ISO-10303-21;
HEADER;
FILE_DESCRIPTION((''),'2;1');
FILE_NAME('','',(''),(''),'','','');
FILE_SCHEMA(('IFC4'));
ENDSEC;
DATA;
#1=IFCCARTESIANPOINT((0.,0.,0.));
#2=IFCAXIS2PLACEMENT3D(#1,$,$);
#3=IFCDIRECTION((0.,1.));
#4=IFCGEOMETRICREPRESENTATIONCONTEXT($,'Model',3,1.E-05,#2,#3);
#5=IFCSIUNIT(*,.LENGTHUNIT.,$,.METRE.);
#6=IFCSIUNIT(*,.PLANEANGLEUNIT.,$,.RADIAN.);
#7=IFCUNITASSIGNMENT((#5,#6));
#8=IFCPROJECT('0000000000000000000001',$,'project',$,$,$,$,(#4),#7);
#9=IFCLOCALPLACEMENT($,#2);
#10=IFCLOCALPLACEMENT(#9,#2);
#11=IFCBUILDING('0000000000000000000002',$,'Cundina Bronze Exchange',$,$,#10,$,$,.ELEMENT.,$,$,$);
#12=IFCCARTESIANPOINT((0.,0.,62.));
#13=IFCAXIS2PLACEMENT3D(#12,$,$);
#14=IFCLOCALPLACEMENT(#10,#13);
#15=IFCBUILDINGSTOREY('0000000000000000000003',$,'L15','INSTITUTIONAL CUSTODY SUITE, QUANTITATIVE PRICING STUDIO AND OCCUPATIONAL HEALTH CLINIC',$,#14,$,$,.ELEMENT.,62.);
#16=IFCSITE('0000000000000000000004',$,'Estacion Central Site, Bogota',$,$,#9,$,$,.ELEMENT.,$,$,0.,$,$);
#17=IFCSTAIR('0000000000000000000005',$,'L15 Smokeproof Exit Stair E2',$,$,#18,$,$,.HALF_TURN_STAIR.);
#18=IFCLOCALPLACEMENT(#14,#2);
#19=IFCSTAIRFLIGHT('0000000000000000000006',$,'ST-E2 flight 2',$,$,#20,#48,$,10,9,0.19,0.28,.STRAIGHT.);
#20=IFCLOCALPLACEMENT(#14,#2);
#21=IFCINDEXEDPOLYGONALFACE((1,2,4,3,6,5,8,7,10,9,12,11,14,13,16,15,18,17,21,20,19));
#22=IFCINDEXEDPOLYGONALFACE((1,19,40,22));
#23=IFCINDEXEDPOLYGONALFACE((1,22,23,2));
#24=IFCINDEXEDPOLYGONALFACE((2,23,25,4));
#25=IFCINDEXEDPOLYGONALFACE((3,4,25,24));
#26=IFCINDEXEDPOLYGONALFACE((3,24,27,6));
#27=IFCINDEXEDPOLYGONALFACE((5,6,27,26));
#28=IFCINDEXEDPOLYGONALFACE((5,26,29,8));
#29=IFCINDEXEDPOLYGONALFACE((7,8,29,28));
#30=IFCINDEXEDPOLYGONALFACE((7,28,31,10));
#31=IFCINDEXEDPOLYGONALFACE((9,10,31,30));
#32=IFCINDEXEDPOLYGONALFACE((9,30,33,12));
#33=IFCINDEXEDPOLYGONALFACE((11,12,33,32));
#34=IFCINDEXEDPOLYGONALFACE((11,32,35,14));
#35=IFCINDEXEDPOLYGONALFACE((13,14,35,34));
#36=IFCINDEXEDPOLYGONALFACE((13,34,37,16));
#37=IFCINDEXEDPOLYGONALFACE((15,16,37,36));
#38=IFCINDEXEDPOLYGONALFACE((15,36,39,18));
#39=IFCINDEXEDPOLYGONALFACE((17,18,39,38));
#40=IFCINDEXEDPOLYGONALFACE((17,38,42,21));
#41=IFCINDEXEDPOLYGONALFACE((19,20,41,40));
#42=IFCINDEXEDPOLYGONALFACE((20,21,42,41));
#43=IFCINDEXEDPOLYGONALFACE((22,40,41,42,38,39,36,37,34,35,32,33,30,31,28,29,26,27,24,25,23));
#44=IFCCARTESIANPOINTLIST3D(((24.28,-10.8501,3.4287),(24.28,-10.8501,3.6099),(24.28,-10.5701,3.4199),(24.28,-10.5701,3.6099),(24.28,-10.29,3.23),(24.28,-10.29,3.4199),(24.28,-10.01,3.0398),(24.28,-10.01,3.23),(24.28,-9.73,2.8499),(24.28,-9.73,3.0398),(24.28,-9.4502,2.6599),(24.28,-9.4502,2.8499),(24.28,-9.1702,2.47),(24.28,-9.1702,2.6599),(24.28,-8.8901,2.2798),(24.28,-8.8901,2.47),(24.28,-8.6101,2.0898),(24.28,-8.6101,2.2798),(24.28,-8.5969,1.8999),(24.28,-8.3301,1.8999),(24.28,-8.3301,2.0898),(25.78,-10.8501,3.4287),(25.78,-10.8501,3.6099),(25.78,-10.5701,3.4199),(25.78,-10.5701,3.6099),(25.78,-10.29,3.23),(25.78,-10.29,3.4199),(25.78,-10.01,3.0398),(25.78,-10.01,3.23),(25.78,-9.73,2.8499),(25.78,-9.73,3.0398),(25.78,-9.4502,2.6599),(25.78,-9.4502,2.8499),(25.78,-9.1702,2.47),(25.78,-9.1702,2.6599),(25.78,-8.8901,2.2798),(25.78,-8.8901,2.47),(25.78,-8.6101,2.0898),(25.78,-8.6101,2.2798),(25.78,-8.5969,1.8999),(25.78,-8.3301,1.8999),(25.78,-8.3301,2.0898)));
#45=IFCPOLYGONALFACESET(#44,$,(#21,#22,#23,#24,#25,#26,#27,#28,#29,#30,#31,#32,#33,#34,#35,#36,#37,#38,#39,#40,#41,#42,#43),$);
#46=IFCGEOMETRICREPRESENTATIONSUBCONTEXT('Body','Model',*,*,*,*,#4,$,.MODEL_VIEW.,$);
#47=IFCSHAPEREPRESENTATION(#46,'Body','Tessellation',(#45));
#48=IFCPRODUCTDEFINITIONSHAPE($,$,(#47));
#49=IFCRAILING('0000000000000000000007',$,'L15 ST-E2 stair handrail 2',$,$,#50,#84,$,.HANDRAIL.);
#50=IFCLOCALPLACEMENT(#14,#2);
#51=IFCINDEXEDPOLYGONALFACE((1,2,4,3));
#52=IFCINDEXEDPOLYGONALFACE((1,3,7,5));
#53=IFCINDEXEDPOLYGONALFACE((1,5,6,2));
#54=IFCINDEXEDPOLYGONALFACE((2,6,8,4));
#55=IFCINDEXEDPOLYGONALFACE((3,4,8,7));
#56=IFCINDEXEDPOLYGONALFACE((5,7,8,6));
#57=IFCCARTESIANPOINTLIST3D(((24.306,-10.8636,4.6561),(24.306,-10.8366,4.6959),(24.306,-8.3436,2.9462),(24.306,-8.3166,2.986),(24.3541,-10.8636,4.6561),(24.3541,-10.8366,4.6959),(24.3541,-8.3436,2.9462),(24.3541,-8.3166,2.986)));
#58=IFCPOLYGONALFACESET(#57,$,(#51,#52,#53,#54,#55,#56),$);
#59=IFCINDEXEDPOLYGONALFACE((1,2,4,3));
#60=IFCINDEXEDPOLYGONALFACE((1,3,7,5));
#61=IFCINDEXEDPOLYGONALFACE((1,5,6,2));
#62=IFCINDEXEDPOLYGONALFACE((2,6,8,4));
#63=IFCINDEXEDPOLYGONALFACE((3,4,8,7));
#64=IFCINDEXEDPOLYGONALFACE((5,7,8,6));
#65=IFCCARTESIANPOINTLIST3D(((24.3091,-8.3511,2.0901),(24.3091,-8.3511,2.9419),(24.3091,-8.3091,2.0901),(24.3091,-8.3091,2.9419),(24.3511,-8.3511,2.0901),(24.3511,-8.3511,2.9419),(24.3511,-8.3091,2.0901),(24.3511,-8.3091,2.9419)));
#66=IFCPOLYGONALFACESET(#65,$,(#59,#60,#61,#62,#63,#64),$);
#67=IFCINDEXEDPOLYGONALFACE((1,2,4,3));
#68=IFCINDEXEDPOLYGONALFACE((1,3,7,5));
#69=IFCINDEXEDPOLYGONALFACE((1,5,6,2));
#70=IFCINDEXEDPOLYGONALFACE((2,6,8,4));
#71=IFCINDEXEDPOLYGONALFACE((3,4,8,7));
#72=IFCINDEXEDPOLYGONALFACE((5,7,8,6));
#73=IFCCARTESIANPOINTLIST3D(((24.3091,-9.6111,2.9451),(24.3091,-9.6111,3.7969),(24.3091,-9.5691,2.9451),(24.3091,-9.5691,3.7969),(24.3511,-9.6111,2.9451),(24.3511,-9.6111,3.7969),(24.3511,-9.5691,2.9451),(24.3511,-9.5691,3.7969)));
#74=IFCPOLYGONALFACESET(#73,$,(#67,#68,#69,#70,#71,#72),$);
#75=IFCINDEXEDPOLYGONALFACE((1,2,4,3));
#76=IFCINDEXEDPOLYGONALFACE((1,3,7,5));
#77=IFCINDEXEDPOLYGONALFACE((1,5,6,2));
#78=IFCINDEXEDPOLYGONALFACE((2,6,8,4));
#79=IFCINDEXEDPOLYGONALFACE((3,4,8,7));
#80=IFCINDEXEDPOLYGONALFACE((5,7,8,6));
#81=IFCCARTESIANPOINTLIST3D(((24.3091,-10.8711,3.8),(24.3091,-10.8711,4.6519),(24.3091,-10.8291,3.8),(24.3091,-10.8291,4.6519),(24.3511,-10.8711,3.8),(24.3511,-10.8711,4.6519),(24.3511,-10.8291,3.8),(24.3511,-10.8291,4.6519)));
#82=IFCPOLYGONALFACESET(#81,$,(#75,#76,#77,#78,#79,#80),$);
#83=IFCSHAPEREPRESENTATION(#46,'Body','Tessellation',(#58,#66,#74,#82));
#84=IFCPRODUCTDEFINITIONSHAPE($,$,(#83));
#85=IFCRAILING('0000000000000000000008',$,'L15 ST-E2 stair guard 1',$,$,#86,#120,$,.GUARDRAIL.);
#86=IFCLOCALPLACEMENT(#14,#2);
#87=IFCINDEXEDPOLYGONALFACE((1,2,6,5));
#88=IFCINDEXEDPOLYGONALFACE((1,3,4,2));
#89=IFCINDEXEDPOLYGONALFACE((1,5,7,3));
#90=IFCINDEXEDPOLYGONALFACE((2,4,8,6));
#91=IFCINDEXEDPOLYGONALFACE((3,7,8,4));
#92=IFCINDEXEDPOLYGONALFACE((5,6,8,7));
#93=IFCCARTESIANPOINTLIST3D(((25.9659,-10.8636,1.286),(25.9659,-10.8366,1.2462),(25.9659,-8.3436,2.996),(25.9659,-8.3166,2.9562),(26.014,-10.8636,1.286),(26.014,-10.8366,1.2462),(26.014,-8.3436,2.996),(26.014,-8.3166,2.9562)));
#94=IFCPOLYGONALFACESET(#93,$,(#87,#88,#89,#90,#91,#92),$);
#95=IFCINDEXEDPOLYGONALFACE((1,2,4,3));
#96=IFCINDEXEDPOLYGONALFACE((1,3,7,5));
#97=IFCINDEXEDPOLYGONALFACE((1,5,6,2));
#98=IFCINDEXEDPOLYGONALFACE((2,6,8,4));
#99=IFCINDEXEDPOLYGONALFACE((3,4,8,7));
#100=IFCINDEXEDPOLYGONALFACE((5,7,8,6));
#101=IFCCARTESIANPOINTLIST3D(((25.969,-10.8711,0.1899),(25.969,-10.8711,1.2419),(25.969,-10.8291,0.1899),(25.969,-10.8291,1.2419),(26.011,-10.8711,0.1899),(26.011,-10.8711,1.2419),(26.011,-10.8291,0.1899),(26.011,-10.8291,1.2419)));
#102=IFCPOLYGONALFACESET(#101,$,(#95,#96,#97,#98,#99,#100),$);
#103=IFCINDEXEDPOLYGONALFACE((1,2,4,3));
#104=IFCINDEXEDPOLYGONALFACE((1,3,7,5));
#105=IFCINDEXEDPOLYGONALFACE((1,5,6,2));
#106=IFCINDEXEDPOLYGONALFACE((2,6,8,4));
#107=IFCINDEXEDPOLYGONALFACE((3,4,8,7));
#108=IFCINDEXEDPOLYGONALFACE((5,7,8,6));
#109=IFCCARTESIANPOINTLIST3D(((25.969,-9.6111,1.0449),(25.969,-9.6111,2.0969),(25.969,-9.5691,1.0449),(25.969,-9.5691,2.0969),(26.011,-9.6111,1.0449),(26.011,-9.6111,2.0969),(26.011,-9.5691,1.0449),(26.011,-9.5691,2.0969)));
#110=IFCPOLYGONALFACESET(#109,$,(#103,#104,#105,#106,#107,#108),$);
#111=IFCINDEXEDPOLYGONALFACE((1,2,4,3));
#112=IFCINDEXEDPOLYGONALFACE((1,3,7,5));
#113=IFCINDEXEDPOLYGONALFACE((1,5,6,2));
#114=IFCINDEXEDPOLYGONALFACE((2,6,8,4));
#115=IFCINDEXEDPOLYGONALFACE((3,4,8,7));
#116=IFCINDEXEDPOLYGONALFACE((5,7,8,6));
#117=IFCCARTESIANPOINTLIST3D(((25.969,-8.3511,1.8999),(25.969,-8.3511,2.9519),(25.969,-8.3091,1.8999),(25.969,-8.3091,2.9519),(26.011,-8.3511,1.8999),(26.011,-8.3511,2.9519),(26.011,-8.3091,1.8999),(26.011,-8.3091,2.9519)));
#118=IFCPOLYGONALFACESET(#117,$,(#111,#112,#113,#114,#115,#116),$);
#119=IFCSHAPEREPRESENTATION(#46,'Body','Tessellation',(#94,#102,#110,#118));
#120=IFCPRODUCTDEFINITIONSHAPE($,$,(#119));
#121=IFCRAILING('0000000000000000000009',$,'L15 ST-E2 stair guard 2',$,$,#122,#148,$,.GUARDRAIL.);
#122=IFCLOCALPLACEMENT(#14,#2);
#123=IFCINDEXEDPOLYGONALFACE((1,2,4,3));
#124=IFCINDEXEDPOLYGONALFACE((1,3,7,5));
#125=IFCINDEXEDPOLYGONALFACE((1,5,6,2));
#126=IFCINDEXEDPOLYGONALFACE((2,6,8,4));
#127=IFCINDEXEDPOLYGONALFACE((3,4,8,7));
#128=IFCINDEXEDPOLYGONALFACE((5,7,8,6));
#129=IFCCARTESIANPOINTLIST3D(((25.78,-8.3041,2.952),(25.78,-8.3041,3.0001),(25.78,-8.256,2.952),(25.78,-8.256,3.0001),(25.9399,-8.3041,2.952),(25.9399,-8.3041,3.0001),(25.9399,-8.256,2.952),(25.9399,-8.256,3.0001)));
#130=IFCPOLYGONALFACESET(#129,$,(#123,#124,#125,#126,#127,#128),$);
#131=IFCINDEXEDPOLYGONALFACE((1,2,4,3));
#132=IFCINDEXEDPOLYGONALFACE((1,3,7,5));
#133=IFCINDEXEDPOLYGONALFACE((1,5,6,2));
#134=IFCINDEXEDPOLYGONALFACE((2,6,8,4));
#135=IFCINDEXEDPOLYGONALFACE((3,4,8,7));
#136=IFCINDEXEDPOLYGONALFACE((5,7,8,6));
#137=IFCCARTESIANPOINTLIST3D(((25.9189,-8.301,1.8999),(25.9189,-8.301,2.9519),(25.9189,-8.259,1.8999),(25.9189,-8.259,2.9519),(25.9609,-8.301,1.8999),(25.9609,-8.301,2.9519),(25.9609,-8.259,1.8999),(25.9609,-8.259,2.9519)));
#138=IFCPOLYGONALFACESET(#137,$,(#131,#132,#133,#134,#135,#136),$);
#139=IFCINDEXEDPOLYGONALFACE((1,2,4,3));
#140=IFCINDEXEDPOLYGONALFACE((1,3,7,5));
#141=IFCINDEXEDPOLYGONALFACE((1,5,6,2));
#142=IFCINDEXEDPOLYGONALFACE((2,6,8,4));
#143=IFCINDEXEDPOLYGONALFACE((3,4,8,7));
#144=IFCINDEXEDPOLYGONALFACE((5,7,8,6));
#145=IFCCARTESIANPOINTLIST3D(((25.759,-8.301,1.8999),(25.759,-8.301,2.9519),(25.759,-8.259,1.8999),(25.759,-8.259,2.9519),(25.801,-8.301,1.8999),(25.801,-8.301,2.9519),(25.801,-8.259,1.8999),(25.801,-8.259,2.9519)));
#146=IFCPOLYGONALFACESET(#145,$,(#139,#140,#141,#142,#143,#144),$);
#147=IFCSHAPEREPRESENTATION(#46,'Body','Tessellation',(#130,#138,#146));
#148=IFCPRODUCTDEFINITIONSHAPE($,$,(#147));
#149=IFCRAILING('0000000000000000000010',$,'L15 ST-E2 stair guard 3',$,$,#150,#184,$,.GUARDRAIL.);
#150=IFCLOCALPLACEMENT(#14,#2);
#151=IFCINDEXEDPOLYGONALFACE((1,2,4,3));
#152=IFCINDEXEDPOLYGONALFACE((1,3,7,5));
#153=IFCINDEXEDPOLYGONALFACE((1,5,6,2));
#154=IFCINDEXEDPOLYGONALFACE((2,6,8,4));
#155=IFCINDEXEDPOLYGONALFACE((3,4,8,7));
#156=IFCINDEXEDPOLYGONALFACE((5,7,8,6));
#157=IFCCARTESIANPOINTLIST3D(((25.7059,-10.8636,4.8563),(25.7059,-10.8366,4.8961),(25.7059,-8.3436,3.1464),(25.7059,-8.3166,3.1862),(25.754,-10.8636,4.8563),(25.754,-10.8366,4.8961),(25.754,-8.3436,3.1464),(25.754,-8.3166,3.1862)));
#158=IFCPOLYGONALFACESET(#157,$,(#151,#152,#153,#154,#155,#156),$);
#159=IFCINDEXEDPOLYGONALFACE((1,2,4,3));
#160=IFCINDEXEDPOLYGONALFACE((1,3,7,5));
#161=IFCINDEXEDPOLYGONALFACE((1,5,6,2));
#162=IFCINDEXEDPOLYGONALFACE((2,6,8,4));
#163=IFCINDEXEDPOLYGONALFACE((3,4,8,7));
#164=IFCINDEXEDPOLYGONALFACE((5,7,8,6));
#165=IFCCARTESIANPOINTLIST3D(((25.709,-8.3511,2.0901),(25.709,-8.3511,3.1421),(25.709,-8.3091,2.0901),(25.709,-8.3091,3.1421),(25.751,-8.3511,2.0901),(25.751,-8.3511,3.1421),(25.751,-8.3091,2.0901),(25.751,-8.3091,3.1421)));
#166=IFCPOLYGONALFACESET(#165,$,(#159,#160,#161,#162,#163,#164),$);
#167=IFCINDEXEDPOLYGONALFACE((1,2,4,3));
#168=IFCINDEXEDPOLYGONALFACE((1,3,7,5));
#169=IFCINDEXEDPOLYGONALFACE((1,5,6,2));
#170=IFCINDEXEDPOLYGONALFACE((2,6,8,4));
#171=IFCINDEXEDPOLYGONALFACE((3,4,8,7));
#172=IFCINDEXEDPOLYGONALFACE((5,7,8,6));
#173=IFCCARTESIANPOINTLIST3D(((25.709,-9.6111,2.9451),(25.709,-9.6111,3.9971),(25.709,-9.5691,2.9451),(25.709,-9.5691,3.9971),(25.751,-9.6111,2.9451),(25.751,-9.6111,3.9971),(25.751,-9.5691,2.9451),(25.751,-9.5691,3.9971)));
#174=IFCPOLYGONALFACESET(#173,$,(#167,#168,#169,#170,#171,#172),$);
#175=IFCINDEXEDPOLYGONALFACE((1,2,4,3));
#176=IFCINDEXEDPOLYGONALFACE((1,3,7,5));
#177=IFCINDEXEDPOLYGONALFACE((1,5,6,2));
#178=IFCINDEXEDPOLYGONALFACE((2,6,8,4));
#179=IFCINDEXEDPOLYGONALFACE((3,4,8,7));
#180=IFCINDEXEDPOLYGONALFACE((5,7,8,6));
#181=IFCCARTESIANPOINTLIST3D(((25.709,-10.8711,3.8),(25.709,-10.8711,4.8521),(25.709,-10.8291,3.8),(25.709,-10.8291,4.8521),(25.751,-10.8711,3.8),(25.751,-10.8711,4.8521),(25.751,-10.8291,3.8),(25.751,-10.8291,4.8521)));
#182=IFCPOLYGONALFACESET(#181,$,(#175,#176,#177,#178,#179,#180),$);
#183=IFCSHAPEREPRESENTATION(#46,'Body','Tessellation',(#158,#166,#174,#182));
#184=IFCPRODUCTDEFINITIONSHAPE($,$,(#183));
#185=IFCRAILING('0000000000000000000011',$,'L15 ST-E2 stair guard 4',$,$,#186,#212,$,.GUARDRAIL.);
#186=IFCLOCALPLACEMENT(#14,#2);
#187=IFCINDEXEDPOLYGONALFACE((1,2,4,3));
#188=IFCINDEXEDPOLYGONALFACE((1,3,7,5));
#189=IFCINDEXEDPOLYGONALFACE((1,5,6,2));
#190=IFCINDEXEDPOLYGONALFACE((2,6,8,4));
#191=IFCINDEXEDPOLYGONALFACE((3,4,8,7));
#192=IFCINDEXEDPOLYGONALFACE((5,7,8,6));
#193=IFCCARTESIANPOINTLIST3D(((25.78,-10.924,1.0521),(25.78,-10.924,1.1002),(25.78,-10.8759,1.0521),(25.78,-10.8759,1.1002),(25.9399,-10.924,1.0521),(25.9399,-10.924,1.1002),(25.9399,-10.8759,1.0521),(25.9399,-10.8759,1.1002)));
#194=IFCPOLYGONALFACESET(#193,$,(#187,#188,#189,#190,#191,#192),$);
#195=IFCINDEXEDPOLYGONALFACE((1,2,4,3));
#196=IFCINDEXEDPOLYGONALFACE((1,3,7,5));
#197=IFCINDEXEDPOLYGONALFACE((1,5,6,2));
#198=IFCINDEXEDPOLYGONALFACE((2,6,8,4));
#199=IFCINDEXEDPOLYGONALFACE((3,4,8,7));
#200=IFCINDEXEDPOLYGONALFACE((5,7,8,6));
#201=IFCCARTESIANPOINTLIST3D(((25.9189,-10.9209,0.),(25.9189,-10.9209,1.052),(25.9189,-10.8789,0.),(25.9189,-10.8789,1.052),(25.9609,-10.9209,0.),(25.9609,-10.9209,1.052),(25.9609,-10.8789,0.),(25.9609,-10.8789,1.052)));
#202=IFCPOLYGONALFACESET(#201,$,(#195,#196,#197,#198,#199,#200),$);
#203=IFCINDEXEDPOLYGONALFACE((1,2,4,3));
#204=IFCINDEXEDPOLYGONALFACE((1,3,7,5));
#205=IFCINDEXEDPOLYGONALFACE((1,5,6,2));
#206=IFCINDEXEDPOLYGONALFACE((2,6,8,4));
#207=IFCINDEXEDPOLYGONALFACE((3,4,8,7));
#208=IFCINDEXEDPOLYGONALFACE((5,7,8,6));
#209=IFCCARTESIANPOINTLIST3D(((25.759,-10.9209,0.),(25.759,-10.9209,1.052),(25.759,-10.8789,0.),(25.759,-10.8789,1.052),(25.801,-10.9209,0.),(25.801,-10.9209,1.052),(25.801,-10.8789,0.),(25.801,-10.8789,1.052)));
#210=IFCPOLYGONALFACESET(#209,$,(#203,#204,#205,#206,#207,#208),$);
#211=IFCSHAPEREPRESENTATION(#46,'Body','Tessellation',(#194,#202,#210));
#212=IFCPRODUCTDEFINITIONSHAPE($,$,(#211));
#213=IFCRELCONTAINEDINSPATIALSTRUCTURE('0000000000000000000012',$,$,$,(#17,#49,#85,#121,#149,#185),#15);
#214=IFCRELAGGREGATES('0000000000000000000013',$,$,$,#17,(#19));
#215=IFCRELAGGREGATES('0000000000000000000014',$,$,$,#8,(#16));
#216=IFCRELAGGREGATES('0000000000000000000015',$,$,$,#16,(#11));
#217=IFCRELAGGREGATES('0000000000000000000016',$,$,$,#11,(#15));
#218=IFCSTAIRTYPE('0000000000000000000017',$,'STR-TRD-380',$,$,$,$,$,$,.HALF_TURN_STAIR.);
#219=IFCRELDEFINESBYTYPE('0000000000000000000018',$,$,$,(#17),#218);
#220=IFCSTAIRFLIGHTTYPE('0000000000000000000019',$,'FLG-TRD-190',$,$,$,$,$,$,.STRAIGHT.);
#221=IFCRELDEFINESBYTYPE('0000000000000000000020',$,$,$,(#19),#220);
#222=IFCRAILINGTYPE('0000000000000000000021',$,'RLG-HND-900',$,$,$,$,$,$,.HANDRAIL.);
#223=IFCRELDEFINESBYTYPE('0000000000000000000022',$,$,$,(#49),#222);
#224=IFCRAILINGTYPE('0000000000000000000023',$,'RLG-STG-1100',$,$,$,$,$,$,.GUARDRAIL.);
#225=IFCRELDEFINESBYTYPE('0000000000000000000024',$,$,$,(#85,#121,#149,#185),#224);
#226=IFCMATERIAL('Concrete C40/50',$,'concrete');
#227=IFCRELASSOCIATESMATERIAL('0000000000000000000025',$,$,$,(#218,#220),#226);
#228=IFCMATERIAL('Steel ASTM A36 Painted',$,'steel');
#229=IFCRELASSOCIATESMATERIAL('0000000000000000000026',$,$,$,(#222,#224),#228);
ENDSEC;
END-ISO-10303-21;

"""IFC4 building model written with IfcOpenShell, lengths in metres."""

from ifc_helpers import new_model, si_unit, direction, frame, origin, origin_2d, place, context, subcontext, project, spatial, polyline, rectangle, outline, extrude, material, type_object, element, aggregate, save


model = new_model("IFC4")

# Units and contexts
model_context = context("Model", 3, precision=1e-05, world=origin(), true_north=direction((0.0, 1.0)))
body_context = subcontext(model_context, "Body", "Model", "MODEL_VIEW")
ifc_project = project(units=[si_unit("LENGTHUNIT", "METRE"), si_unit("PLANEANGLEUNIT", "RADIAN")], contexts=[model_context])

# Site, building, storey
site_placement = place(None, origin())
site = spatial("IfcSite", under=ifc_project, at=site_placement, Name="Estacion Central Site, Bogota", CompositionType="ELEMENT", RefElevation=0.0)
building_placement = place(site_placement, origin())
building = spatial("IfcBuilding", under=site, at=building_placement, Name="Cundina Bronze Exchange", CompositionType="ELEMENT")
storey_placement = place(building_placement, frame((0.0, 0.0, 62.0)))
storey = spatial("IfcBuildingStorey", under=building, at=storey_placement, Name="L15", Description="INSTITUTIONAL CUSTODY SUITE, QUANTITATIVE PRICING STUDIO AND OCCUPATIONAL HEALTH CLINIC", CompositionType="ELEMENT", Elevation=62.0)

# Shared definitions
ifc_material_1 = material(Name="Steel ASTM A36 Painted", Category="steel")

# Stair, stair flight
ifc_material_2 = material(Name="Concrete C40/50", Category="concrete")
stair_type = type_object("IfcStairType", Name="STR-TRD-380", PredefinedType="HALF_TURN_STAIR", material=ifc_material_2)
stair_placement = place(storey_placement, origin())
stair = element("IfcStair", 1, at=stair_placement, inside=storey, type_object=stair_type, Name="L15 Smokeproof Exit Stair E2", PredefinedType="HALF_TURN_STAIR")
stair_flight_type = type_object("IfcStairFlightType", Name="FLG-TRD-190", PredefinedType="STRAIGHT", material=ifc_material_2)
stair_flight_1_placement = place(storey_placement, frame((25.03, -8.3301, 1.8999), z_axis=(0.0, 0.0, 1.0), x_axis=(0.0, -1.0, 0.0)))
stair_flight_1 = element("IfcStairFlight", 2, at=stair_flight_1_placement, type_object=stair_flight_type, Name="ST-E2 flight 2", NumberOfRisers=10, NumberOfTreads=9, PredefinedType="STRAIGHT", RiserHeight=0.19, TreadLength=0.28, context=body_context, shape_type="SweptSolid", body=[
    extrude(outline(polyline([(0.0, 0.0), (0.0, 0.1899), (0.28, 0.1899), (0.28, 0.3799), (0.5601, 0.3799), (0.5601, 0.5701), (0.8401, 0.5701), (0.8401, 0.76), (1.1201, 0.76), (1.1201, 0.95), (1.3999, 0.95), (1.3999, 1.1399), (1.6799, 1.1399), (1.6799, 1.3301), (1.96, 1.3301), (1.96, 1.52), (2.24, 1.52), (2.24, 1.71), (2.52, 1.71), (2.52, 1.8999), (2.52, 1.5288), (0.2668, 0.0), (0.0, 0.0)])), frame((0.0, 0.75, 0.0), z_axis=(0.0, -1.0, 0.0), x_axis=(1.0, 0.0, 0.0)), (0.0, 0.0, 1.0), 1.5),
])
aggregate(stair, [stair_flight_1])

# Railings
railing_type_1 = type_object("IfcRailingType", Name="RLG-HND-900", PredefinedType="HANDRAIL", material=ifc_material_1)
railing_1_placement = place(storey_placement, frame((24.3301, -8.3301, 2.0901)))
element("IfcRailing", 3, at=railing_1_placement, inside=storey, type_object=railing_type_1, Name="L15 ST-E2 stair handrail 2", PredefinedType="HANDRAIL", context=body_context, shape_type="SweptSolid", body=[
    extrude(rectangle(XDim=0.0481, YDim=0.0481, at=origin_2d()), frame((0.0, 0.0, 0.876), z_axis=(0.0, -0.827484, 0.56149), x_axis=(1.0, 0.0, 0.0)), (0.0, 0.0, 1.0), 3.0454),
    extrude(rectangle(XDim=0.042, YDim=0.042, at=origin_2d()), origin(), (0.0, 0.0, 1.0), 0.8518),
    extrude(rectangle(XDim=0.042, YDim=0.042, at=origin_2d()), frame((0.0, -1.26, 0.855)), (0.0, 0.0, 1.0), 0.8518),
    extrude(rectangle(XDim=0.042, YDim=0.042, at=origin_2d()), frame((0.0, -2.52, 1.71)), (0.0, 0.0, 1.0), 0.8518),
])
railing_type_2 = type_object("IfcRailingType", Name="RLG-STG-1100", PredefinedType="GUARDRAIL", material=ifc_material_1)
railing_2_placement = place(storey_placement, frame((25.99, -10.8501, 0.1899)))
element("IfcRailing", 4, at=railing_2_placement, inside=storey, type_object=railing_type_2, Name="L15 ST-E2 stair guard 1", PredefinedType="GUARDRAIL", context=body_context, shape_type="SweptSolid", body=[
    extrude(rectangle(XDim=0.0481, YDim=0.0481, at=origin_2d()), frame((0.0, 0.0, 1.0762), z_axis=(0.0, 0.827484, 0.56149), x_axis=(-1.0, 0.0, 0.0)), (0.0, 0.0, 1.0), 3.0454),
    extrude(rectangle(XDim=0.042, YDim=0.042, at=origin_2d()), origin(), (0.0, 0.0, 1.0), 1.052),
    extrude(rectangle(XDim=0.042, YDim=0.042, at=origin_2d()), frame((0.0, 1.26, 0.855)), (0.0, 0.0, 1.0), 1.052),
    extrude(rectangle(XDim=0.042, YDim=0.042, at=origin_2d()), frame((0.0, 2.52, 1.71)), (0.0, 0.0, 1.0), 1.052),
])
railing_3_placement = place(storey_placement, frame((25.9399, -8.28, 1.8999)))
element("IfcRailing", 5, at=railing_3_placement, inside=storey, type_object=railing_type_2, Name="L15 ST-E2 stair guard 2", PredefinedType="GUARDRAIL", context=body_context, shape_type="SweptSolid", body=[
    extrude(rectangle(XDim=0.0481, YDim=0.0481, at=origin_2d()), frame((0.0, 0.0, 1.0762), z_axis=(-1.0, 0.0, 0.0), x_axis=(0.0, -1.0, 0.0)), (0.0, 0.0, 1.0), 0.1599),
    extrude(rectangle(XDim=0.042, YDim=0.042, at=origin_2d()), origin(), (0.0, 0.0, 1.0), 1.052),
    extrude(rectangle(XDim=0.042, YDim=0.042, at=origin_2d()), frame((-0.1599, 0.0, 0.0)), (0.0, 0.0, 1.0), 1.052),
])
railing_4_placement = place(storey_placement, frame((25.73, -8.3301, 2.0901)))
element("IfcRailing", 6, at=railing_4_placement, inside=storey, type_object=railing_type_2, Name="L15 ST-E2 stair guard 3", PredefinedType="GUARDRAIL", context=body_context, shape_type="SweptSolid", body=[
    extrude(rectangle(XDim=0.0481, YDim=0.0481, at=origin_2d()), frame((0.0, 0.0, 1.0762), z_axis=(0.0, -0.827484, 0.56149), x_axis=(1.0, 0.0, 0.0)), (0.0, 0.0, 1.0), 3.0454),
    extrude(rectangle(XDim=0.042, YDim=0.042, at=origin_2d()), origin(), (0.0, 0.0, 1.0), 1.052),
    extrude(rectangle(XDim=0.042, YDim=0.042, at=origin_2d()), frame((0.0, -1.26, 0.855)), (0.0, 0.0, 1.0), 1.052),
    extrude(rectangle(XDim=0.042, YDim=0.042, at=origin_2d()), frame((0.0, -2.52, 1.71)), (0.0, 0.0, 1.0), 1.052),
])
railing_5_placement = place(storey_placement, frame((25.9399, -10.8999, 0.0)))
element("IfcRailing", 7, at=railing_5_placement, inside=storey, type_object=railing_type_2, Name="L15 ST-E2 stair guard 4", PredefinedType="GUARDRAIL", context=body_context, shape_type="SweptSolid", body=[
    extrude(rectangle(XDim=0.0481, YDim=0.0481, at=origin_2d()), frame((0.0, 0.0, 1.0762), z_axis=(-1.0, 0.0, 0.0), x_axis=(0.0, -1.0, 0.0)), (0.0, 0.0, 1.0), 0.1599),
    extrude(rectangle(XDim=0.042, YDim=0.042, at=origin_2d()), origin(), (0.0, 0.0, 1.0), 1.052),
    extrude(rectangle(XDim=0.042, YDim=0.042, at=origin_2d()), frame((-0.1599, 0.0, 0.0)), (0.0, 0.0, 1.0), 1.052),
])

save(model, "model.ifc")
